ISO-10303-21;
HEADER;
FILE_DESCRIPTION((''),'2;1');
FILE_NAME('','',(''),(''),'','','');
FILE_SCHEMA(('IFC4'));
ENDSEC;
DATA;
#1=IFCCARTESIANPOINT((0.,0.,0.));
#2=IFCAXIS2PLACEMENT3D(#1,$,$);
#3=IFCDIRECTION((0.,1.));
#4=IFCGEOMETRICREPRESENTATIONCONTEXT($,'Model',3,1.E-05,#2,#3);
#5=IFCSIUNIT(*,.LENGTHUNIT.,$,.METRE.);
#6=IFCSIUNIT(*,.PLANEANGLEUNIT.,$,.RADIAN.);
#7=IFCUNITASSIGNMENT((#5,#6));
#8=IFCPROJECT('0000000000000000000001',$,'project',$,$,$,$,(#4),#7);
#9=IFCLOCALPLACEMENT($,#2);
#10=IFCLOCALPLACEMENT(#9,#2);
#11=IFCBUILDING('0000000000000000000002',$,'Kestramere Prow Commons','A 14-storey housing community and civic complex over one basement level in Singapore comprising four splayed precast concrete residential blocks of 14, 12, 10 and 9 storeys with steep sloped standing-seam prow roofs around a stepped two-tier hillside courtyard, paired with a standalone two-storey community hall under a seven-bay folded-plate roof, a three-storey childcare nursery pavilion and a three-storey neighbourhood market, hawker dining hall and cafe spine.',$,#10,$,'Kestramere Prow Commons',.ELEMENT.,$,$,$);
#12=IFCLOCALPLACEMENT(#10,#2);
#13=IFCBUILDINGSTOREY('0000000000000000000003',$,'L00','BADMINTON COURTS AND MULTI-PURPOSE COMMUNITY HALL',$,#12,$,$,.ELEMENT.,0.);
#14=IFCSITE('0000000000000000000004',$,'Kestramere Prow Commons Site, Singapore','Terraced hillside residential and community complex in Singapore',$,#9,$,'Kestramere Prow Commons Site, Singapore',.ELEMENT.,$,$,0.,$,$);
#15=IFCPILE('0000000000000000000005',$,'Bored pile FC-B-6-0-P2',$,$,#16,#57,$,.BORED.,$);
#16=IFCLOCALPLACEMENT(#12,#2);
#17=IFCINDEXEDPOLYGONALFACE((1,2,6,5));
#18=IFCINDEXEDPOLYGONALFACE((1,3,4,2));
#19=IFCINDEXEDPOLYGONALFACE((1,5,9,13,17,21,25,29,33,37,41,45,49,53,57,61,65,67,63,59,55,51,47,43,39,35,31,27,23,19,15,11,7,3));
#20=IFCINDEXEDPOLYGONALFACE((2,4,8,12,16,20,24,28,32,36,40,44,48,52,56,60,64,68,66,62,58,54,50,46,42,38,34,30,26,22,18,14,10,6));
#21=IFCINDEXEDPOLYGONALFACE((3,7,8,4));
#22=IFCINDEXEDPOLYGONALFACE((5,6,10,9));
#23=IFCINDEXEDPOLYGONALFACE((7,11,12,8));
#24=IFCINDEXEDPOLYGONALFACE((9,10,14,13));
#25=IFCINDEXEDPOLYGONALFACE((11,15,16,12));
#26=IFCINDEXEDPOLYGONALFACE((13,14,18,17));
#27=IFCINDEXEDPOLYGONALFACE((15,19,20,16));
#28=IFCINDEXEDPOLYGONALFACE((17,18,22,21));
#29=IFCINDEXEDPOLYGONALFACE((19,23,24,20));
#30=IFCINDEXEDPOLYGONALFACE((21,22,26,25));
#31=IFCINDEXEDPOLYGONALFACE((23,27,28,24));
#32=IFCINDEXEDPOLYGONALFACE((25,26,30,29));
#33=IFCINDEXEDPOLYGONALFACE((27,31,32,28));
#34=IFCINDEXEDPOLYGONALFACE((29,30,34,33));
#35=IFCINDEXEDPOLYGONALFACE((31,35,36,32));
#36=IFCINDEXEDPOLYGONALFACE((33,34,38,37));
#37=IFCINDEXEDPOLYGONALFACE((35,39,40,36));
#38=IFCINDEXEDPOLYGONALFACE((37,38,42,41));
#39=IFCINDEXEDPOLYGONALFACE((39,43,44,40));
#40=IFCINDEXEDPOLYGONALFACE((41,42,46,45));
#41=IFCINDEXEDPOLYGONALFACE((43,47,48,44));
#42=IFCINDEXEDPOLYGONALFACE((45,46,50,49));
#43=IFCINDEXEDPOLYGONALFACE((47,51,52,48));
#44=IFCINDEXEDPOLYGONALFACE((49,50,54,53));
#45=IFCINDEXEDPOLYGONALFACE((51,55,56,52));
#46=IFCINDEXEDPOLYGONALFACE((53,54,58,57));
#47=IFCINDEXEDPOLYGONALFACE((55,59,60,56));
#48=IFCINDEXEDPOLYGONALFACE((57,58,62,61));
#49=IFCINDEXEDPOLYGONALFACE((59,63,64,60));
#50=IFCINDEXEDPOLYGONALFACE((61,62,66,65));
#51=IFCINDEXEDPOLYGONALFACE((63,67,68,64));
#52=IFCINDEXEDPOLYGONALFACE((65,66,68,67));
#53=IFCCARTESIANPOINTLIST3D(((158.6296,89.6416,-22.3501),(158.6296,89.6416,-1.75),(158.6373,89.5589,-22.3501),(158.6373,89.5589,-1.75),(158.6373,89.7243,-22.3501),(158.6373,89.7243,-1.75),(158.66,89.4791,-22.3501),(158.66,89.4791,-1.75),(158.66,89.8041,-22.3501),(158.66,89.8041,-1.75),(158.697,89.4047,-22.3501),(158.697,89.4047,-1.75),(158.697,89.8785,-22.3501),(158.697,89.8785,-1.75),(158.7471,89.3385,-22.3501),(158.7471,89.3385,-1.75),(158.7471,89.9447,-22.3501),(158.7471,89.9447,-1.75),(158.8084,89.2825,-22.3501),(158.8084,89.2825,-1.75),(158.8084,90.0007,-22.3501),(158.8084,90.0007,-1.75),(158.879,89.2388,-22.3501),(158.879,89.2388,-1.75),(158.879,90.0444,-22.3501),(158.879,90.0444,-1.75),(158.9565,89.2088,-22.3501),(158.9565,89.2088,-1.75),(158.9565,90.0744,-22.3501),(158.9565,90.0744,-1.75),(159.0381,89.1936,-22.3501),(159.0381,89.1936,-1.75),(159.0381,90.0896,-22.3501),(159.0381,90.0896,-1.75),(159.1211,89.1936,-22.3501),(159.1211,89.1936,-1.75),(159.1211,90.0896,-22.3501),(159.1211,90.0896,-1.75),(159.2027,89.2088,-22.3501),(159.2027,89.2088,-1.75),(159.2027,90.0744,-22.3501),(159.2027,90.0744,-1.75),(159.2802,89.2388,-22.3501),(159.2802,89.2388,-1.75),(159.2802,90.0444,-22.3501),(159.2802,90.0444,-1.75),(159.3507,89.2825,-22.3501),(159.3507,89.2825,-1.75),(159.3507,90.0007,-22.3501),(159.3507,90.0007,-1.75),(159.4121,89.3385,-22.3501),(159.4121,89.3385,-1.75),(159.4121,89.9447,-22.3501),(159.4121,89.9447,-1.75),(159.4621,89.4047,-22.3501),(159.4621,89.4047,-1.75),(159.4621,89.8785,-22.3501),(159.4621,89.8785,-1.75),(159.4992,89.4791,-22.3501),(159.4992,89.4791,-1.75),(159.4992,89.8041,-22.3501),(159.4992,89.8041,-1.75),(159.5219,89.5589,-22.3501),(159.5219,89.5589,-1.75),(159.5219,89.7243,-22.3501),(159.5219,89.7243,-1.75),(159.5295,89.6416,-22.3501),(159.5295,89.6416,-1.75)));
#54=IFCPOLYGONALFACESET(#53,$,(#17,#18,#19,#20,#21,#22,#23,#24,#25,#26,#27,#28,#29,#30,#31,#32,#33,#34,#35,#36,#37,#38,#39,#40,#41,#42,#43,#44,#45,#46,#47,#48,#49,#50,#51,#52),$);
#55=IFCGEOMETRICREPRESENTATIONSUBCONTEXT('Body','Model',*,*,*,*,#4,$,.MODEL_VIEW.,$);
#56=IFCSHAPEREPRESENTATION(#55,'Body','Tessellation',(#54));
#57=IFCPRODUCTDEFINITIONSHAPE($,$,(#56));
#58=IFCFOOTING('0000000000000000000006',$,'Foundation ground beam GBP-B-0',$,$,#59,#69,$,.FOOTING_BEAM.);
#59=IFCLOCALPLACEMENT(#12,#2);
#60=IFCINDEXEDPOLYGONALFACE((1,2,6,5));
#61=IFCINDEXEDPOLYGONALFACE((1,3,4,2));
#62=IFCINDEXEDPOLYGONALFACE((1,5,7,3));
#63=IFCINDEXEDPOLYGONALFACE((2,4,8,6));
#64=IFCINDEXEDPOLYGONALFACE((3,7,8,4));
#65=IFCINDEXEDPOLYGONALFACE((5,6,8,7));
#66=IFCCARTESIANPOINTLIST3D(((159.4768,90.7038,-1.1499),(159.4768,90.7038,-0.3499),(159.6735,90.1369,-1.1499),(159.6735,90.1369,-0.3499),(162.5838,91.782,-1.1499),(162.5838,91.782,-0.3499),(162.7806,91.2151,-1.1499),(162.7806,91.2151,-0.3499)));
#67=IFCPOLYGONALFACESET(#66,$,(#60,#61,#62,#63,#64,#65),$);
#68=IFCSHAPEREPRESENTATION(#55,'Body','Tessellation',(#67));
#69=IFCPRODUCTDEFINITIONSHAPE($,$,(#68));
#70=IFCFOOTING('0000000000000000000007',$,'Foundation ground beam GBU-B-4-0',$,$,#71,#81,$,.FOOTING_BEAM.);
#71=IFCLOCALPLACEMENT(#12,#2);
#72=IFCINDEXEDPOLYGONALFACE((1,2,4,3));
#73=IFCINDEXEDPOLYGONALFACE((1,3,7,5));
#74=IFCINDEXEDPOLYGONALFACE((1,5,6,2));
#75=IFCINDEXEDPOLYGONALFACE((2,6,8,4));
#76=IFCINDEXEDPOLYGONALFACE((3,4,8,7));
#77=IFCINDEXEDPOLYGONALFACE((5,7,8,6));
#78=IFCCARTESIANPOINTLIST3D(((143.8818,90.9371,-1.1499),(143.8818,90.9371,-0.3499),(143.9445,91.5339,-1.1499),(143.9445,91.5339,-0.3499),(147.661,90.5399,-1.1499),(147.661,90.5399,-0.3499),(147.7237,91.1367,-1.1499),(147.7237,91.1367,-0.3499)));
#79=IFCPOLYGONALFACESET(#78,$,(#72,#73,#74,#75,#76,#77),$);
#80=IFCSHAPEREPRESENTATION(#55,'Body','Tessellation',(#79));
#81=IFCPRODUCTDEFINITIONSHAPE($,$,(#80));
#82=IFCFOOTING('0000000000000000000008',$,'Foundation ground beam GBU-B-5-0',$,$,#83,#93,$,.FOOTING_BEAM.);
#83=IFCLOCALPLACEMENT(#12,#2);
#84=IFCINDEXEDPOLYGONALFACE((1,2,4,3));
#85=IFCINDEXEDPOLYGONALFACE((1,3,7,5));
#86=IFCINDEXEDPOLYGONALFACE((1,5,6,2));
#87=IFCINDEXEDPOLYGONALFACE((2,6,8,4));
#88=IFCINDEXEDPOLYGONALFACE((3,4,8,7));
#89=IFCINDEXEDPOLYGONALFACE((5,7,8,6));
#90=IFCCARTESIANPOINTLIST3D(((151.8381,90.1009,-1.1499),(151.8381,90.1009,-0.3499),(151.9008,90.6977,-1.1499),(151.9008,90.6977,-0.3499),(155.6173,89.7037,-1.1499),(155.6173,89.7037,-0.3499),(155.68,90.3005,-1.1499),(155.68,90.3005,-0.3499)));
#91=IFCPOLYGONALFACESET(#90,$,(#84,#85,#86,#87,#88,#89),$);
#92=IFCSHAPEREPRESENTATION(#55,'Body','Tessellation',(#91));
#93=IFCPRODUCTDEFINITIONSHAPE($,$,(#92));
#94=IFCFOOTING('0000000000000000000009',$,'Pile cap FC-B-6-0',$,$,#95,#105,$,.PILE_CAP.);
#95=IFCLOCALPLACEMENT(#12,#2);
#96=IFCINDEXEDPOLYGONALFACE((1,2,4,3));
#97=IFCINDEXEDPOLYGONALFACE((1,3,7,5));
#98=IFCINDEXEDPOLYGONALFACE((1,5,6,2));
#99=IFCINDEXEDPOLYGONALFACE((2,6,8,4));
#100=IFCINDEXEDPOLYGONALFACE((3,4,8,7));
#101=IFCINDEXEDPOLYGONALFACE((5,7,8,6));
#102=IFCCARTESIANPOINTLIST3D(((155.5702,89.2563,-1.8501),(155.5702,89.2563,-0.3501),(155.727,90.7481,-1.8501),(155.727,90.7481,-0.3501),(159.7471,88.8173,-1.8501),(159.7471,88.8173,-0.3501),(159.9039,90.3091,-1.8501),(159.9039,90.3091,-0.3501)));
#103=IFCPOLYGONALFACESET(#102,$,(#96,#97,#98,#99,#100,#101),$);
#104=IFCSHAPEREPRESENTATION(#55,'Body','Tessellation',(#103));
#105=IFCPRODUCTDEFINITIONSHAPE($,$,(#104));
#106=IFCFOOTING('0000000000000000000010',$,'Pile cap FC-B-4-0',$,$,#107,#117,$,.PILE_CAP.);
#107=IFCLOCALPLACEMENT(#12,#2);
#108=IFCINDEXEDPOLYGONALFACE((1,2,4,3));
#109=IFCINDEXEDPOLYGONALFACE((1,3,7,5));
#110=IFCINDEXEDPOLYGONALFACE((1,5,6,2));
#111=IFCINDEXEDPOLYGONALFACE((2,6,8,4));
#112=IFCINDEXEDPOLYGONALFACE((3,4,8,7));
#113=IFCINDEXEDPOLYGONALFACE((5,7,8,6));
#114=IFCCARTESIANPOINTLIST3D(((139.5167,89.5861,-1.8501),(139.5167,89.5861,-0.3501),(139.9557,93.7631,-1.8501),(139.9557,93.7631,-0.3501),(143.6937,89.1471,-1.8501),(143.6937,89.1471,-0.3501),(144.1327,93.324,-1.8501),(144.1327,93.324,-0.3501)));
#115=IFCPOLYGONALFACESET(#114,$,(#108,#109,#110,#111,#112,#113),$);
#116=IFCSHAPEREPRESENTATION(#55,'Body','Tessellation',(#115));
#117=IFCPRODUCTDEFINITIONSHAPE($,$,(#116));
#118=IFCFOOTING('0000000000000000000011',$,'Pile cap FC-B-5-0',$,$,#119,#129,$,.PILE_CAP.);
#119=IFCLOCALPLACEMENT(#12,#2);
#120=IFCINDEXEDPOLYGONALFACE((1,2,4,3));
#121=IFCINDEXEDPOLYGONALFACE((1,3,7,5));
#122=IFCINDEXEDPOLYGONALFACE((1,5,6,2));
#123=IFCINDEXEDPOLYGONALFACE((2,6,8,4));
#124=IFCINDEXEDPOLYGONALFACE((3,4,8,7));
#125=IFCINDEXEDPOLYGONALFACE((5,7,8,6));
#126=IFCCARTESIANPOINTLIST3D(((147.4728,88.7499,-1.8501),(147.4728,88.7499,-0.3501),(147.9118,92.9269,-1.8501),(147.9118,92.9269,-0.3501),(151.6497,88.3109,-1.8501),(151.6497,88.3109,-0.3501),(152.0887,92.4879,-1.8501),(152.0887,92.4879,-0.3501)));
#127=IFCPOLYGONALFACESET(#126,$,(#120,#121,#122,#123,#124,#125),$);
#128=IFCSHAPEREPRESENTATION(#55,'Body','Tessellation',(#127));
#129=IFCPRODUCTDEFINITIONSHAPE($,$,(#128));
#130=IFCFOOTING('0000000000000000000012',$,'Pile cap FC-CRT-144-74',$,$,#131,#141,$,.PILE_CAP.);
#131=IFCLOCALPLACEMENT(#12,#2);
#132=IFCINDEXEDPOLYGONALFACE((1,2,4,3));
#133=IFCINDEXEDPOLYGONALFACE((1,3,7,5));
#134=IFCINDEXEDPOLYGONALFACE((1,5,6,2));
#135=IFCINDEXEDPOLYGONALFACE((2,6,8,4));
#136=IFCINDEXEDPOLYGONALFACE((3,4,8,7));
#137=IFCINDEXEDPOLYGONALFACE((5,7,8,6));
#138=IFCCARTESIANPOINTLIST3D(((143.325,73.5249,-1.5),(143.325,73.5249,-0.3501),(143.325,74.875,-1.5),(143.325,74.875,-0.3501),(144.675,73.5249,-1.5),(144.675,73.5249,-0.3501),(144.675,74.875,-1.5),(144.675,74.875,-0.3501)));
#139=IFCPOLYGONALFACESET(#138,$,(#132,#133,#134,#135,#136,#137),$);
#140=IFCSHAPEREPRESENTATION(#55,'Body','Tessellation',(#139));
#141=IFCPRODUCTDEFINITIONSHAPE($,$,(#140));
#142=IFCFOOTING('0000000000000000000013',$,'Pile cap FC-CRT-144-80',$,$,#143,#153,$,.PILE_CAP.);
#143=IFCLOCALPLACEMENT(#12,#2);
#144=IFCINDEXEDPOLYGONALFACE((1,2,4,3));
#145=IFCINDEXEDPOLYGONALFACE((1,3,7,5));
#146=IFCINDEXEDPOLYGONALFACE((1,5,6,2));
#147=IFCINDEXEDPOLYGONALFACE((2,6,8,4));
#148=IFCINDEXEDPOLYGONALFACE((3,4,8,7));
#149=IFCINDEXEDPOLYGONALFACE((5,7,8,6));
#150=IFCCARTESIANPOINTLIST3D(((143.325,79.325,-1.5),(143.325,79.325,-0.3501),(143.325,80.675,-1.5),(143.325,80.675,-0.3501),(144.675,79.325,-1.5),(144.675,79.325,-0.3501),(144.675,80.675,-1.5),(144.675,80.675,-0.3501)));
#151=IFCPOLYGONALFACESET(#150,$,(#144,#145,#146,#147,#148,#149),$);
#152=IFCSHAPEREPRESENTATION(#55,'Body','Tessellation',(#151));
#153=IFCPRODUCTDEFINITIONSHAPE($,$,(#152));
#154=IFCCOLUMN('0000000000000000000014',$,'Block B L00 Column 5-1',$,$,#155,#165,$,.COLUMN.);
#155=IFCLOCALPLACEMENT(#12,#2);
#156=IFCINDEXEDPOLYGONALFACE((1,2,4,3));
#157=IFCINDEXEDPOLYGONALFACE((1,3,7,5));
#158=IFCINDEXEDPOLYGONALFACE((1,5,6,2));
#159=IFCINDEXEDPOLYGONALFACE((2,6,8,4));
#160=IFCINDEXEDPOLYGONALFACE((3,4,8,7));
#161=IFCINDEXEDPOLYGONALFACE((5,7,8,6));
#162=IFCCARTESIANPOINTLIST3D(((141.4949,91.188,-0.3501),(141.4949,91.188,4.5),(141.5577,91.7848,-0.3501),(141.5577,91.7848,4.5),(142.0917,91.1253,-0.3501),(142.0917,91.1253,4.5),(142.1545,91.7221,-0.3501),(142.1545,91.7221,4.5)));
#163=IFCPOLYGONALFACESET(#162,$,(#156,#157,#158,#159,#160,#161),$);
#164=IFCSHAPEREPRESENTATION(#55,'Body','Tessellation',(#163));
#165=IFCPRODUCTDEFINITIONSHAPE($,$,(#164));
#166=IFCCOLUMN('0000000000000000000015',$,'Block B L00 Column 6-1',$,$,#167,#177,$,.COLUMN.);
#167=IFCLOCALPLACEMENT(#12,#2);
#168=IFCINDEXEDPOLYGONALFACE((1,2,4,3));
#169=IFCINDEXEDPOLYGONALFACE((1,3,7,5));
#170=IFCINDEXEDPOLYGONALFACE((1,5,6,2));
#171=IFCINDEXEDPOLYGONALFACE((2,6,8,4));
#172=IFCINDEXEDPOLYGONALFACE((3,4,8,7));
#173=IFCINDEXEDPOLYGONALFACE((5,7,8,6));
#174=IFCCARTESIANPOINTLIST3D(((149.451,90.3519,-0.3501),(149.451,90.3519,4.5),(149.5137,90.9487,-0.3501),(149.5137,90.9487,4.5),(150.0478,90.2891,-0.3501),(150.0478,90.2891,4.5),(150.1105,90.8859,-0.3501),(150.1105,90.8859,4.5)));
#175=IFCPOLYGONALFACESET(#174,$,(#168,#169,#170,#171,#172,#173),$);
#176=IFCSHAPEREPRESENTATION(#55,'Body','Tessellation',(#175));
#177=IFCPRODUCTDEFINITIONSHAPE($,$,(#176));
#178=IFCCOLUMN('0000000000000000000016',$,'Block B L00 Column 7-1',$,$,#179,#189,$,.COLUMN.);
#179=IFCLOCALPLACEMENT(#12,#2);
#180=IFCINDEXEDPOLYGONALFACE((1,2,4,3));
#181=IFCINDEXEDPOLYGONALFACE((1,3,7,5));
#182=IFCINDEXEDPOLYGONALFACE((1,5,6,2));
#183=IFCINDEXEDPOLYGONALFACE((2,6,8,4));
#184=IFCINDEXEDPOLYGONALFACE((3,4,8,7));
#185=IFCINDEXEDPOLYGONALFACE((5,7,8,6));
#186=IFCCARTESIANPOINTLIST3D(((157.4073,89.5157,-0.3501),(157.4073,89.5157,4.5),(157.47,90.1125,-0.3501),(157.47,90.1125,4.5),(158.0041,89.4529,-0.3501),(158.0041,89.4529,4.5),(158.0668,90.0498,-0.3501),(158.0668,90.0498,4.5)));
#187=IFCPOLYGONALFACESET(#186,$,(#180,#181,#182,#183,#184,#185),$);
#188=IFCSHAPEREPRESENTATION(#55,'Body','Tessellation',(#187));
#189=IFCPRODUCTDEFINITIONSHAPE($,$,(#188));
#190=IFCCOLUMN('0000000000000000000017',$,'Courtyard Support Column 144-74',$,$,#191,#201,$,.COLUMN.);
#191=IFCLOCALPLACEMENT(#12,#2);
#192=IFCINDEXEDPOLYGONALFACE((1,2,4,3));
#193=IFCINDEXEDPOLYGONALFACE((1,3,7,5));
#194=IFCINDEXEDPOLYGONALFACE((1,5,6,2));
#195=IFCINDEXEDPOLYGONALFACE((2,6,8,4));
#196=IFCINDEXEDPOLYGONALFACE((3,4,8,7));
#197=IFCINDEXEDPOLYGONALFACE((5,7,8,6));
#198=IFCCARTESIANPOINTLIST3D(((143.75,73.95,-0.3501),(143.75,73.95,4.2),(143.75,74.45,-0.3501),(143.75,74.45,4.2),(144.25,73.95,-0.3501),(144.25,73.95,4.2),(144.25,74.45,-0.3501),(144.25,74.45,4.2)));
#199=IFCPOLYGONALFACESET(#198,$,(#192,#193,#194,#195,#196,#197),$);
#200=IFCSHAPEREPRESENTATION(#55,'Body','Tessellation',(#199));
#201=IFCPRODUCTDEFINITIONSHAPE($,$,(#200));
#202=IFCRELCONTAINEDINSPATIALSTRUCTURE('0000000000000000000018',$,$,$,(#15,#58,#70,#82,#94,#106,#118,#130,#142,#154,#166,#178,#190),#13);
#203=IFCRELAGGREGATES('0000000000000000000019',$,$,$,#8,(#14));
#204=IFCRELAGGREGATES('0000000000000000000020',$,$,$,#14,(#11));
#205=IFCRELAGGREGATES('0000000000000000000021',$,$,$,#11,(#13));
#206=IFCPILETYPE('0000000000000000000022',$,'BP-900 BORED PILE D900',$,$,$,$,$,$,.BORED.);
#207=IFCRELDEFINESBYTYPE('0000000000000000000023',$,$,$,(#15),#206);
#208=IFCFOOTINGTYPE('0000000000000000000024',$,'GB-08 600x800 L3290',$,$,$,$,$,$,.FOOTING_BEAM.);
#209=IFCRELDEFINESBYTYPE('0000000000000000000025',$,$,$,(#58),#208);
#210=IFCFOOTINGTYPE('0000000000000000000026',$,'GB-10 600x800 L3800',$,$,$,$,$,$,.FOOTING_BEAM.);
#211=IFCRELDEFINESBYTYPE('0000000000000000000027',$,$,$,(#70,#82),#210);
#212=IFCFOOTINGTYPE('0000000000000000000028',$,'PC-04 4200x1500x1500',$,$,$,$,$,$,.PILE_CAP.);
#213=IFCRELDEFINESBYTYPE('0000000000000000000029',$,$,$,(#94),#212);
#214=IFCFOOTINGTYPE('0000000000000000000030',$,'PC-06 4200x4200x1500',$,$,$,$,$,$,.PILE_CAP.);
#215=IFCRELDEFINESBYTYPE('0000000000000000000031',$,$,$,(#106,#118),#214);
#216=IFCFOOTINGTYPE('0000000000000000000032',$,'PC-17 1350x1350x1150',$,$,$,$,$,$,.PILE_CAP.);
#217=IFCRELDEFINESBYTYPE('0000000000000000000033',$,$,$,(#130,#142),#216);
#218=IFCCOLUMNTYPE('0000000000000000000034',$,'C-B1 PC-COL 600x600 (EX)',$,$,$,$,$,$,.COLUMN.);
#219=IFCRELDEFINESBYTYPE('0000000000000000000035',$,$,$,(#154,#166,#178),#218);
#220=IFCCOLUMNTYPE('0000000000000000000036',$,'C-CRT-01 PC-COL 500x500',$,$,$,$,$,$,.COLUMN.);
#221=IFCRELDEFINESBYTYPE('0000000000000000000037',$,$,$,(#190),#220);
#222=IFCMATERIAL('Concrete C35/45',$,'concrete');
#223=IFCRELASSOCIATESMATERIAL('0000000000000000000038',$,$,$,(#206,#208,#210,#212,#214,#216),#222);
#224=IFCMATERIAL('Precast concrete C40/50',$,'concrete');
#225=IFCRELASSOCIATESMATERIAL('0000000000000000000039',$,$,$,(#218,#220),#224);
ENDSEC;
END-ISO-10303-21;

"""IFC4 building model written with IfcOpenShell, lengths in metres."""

from ifc_helpers import new_model, si_unit, direction, frame, origin, origin_2d, place, context, subcontext, project, spatial, rectangle, circle, extrude, material, material_profile, profile_set, type_object, element, save


model = new_model("IFC4")

# Units and contexts
model_context = context("Model", 3, precision=1e-05, world=origin(), true_north=direction((0.0, 1.0)))
body_context = subcontext(model_context, "Body", "Model", "MODEL_VIEW")
ifc_project = project(units=[si_unit("LENGTHUNIT", "METRE"), si_unit("PLANEANGLEUNIT", "RADIAN")], contexts=[model_context])

# Site, building, storey
site_placement = place(None, origin())
site = spatial("IfcSite", under=ifc_project, at=site_placement, Name="Kestramere Prow Commons Site, Singapore", Description="Terraced hillside residential and community complex in Singapore", LongName="Kestramere Prow Commons Site, Singapore", CompositionType="ELEMENT", RefElevation=0.0)
building_placement = place(site_placement, origin())
building = spatial("IfcBuilding", under=site, at=building_placement, Name="Kestramere Prow Commons", Description="A 14-storey housing community and civic complex over one basement level in Singapore comprising four splayed precast concrete residential blocks of 14, 12, 10 and 9 storeys with steep sloped standing-seam prow roofs around a stepped two-tier hillside courtyard, paired with a standalone two-storey community hall under a seven-bay folded-plate roof, a three-storey childcare nursery pavilion and a three-storey neighbourhood market, hawker dining hall and cafe spine.", LongName="Kestramere Prow Commons", CompositionType="ELEMENT")
storey_placement = place(building_placement, origin())
storey = spatial("IfcBuildingStorey", under=building, at=storey_placement, Name="L00", Description="BADMINTON COURTS AND MULTI-PURPOSE COMMUNITY HALL", CompositionType="ELEMENT", Elevation=0.0)

# Pile
ifc_material_1 = material(Name="Concrete C35/45", Category="concrete")
ifc_material_profile_1 = material_profile(ifc_material_1, circle(Radius=0.45, at=origin_2d()), Name="BORED PILE D900")
ifc_profile_set_1 = profile_set([ifc_material_profile_1], Name="Concrete C35/45")
pile_type_1 = type_object("IfcPileType", Name="BP-900 BORED PILE D900", PredefinedType="BORED", material=ifc_profile_set_1)
for number, where, z_axis, x_axis, name in (
    (1, (159.0796, 89.6416, -1.75), (0.0, 0.0, -1.0), (1.0, 0.0, 0.0), "Bored pile FC-B-6-0-P2"),
):
    element("IfcPile", number, at=place(storey_placement, frame(where, z_axis=z_axis, x_axis=x_axis)), inside=storey, type_object=pile_type_1, Name=name, PredefinedType="BORED", context=body_context, shape_type="SweptSolid", body=[
        extrude(circle(Radius=0.45, at=origin_2d()), origin(), (0.0, 0.0, 1.0), 20.6001),
    ])

# Footings
footing_type_1 = type_object("IfcFootingType", Name="GB-08 600x800 L3290", PredefinedType="FOOTING_BEAM", material=ifc_material_1)
footing_1_placement = place(storey_placement, frame((161.1287, 90.9595, -1.1499), z_axis=(0.0, 0.0, 1.0), x_axis=(-0.944735, -0.327835, 0.0)))
element("IfcFooting", 2, at=footing_1_placement, inside=storey, type_object=footing_type_1, Name="Foundation ground beam GBP-B-0", PredefinedType="FOOTING_BEAM", context=body_context, shape_type="SweptSolid", body=[
    extrude(rectangle(XDim=3.2888, YDim=0.6001, at=origin_2d()), origin(), (0.0, 0.0, 1.0), 0.8),
])
footing_type_2 = type_object("IfcFootingType", Name="GB-10 600x800 L3800", PredefinedType="FOOTING_BEAM", material=ifc_material_1)
for number, where, z_axis, x_axis, name in (
    (3, (145.8027, 91.0369, -1.1499), (0.0, 0.0, 1.0), (0.994522, -0.104528, 0.0), "Foundation ground beam GBU-B-4-0"),
    (4, (153.759, 90.2007, -1.1499), (0.0, 0.0, 1.0), (0.994522, -0.104528, 0.0), "Foundation ground beam GBU-B-5-0"),
):
    element("IfcFooting", number, at=place(storey_placement, frame(where, z_axis=z_axis, x_axis=x_axis)), inside=storey, type_object=footing_type_2, Name=name, PredefinedType="FOOTING_BEAM", context=body_context, shape_type="SweptSolid", body=[
        extrude(rectangle(XDim=3.8, YDim=0.6001, at=origin_2d()), origin(), (0.0, 0.0, 1.0), 0.8),
    ])
footing_type_3 = type_object("IfcFootingType", Name="PC-04 4200x1500x1500", PredefinedType="PILE_CAP", material=ifc_material_1)
footing_2_placement = place(storey_placement, frame((157.7371, 89.7827, -1.8501), z_axis=(0.0, 0.0, 1.0), x_axis=(0.994522, -0.104528, 0.0)))
element("IfcFooting", 5, at=footing_2_placement, inside=storey, type_object=footing_type_3, Name="Pile cap FC-B-6-0", PredefinedType="PILE_CAP", context=body_context, shape_type="SweptSolid", body=[
    extrude(rectangle(XDim=4.2, YDim=1.5, at=origin_2d()), origin(), (0.0, 0.0, 1.0), 1.5),
])
footing_type_4 = type_object("IfcFootingType", Name="PC-06 4200x4200x1500", PredefinedType="PILE_CAP", material=ifc_material_1)
for number, where, z_axis, x_axis, name in (
    (6, (141.8247, 91.4551, -1.8501), (0.0, 0.0, 1.0), (0.994522, -0.104528, 0.0), "Pile cap FC-B-4-0"),
    (7, (149.7808, 90.6189, -1.8501), (0.0, 0.0, 1.0), (0.994522, -0.104528, 0.0), "Pile cap FC-B-5-0"),
):
    element("IfcFooting", number, at=place(storey_placement, frame(where, z_axis=z_axis, x_axis=x_axis)), inside=storey, type_object=footing_type_4, Name=name, PredefinedType="PILE_CAP", context=body_context, shape_type="SweptSolid", body=[
        extrude(rectangle(XDim=4.2, YDim=4.2, at=origin_2d()), origin(), (0.0, 0.0, 1.0), 1.5),
    ])
footing_type_5 = type_object("IfcFootingType", Name="PC-17 1350x1350x1150", PredefinedType="PILE_CAP", material=ifc_material_1)
for number, where, z_axis, x_axis, name in (
    (8, (144.0, 74.2, -1.5), (0.0, 0.0, 1.0), (1.0, 0.0, 0.0), "Pile cap FC-CRT-144-74"),
    (9, (144.0, 80.0, -1.5), (0.0, 0.0, 1.0), (1.0, 0.0, 0.0), "Pile cap FC-CRT-144-80"),
):
    element("IfcFooting", number, at=place(storey_placement, frame(where, z_axis=z_axis, x_axis=x_axis)), inside=storey, type_object=footing_type_5, Name=name, PredefinedType="PILE_CAP", context=body_context, shape_type="SweptSolid", body=[
        extrude(rectangle(XDim=1.3501, YDim=1.3501, at=origin_2d()), origin(), (0.0, 0.0, 1.0), 1.1499),
    ])

# Columns
ifc_material_2 = material(Name="Precast concrete C40/50", Category="concrete")
ifc_material_profile_2 = material_profile(ifc_material_2, rectangle(XDim=0.6001, YDim=0.6001, at=origin_2d()), Name="PC-COL 600x600")
ifc_profile_set_2 = profile_set([ifc_material_profile_2], Name="Precast concrete C40/50")
column_type_1 = type_object("IfcColumnType", Name="C-B1 PC-COL 600x600 (EX)", PredefinedType="COLUMN", material=ifc_profile_set_2)
for number, where, z_axis, x_axis, name in (
    (10, (141.8247, 91.4551, -0.3501), (0.0, 0.0, 1.0), (0.994522, -0.104528, 0.0), "Block B L00 Column 5-1"),
    (11, (149.7808, 90.6189, -0.3501), (0.0, 0.0, 1.0), (0.994522, -0.104528, 0.0), "Block B L00 Column 6-1"),
    (12, (157.7371, 89.7827, -0.3501), (0.0, 0.0, 1.0), (0.994522, -0.104528, 0.0), "Block B L00 Column 7-1"),
):
    element("IfcColumn", number, at=place(storey_placement, frame(where, z_axis=z_axis, x_axis=x_axis)), inside=storey, type_object=column_type_1, Name=name, PredefinedType="COLUMN", context=body_context, shape_type="SweptSolid", body=[
        extrude(rectangle(XDim=0.6001, YDim=0.6001, at=origin_2d()), origin(), (0.0, 0.0, 1.0), 4.8501),
    ])
ifc_material_profile_3 = material_profile(ifc_material_2, rectangle(XDim=0.5, YDim=0.5, at=origin_2d()), Name="PC-COL 500x500")
ifc_profile_set_3 = profile_set([ifc_material_profile_3], Name="Precast concrete C40/50")
column_type_2 = type_object("IfcColumnType", Name="C-CRT-01 PC-COL 500x500", PredefinedType="COLUMN", material=ifc_profile_set_3)
for number, where, z_axis, x_axis, name in (
    (13, (144.0, 74.2, -0.3501), (0.0, 0.0, 1.0), (1.0, 0.0, 0.0), "Courtyard Support Column 144-74"),
):
    element("IfcColumn", number, at=place(storey_placement, frame(where, z_axis=z_axis, x_axis=x_axis)), inside=storey, type_object=column_type_2, Name=name, PredefinedType="COLUMN", context=body_context, shape_type="SweptSolid", body=[
        extrude(rectangle(XDim=0.5, YDim=0.5, at=origin_2d()), origin(), (0.0, 0.0, 1.0), 4.55),
    ])

save(model, "model.ifc")
